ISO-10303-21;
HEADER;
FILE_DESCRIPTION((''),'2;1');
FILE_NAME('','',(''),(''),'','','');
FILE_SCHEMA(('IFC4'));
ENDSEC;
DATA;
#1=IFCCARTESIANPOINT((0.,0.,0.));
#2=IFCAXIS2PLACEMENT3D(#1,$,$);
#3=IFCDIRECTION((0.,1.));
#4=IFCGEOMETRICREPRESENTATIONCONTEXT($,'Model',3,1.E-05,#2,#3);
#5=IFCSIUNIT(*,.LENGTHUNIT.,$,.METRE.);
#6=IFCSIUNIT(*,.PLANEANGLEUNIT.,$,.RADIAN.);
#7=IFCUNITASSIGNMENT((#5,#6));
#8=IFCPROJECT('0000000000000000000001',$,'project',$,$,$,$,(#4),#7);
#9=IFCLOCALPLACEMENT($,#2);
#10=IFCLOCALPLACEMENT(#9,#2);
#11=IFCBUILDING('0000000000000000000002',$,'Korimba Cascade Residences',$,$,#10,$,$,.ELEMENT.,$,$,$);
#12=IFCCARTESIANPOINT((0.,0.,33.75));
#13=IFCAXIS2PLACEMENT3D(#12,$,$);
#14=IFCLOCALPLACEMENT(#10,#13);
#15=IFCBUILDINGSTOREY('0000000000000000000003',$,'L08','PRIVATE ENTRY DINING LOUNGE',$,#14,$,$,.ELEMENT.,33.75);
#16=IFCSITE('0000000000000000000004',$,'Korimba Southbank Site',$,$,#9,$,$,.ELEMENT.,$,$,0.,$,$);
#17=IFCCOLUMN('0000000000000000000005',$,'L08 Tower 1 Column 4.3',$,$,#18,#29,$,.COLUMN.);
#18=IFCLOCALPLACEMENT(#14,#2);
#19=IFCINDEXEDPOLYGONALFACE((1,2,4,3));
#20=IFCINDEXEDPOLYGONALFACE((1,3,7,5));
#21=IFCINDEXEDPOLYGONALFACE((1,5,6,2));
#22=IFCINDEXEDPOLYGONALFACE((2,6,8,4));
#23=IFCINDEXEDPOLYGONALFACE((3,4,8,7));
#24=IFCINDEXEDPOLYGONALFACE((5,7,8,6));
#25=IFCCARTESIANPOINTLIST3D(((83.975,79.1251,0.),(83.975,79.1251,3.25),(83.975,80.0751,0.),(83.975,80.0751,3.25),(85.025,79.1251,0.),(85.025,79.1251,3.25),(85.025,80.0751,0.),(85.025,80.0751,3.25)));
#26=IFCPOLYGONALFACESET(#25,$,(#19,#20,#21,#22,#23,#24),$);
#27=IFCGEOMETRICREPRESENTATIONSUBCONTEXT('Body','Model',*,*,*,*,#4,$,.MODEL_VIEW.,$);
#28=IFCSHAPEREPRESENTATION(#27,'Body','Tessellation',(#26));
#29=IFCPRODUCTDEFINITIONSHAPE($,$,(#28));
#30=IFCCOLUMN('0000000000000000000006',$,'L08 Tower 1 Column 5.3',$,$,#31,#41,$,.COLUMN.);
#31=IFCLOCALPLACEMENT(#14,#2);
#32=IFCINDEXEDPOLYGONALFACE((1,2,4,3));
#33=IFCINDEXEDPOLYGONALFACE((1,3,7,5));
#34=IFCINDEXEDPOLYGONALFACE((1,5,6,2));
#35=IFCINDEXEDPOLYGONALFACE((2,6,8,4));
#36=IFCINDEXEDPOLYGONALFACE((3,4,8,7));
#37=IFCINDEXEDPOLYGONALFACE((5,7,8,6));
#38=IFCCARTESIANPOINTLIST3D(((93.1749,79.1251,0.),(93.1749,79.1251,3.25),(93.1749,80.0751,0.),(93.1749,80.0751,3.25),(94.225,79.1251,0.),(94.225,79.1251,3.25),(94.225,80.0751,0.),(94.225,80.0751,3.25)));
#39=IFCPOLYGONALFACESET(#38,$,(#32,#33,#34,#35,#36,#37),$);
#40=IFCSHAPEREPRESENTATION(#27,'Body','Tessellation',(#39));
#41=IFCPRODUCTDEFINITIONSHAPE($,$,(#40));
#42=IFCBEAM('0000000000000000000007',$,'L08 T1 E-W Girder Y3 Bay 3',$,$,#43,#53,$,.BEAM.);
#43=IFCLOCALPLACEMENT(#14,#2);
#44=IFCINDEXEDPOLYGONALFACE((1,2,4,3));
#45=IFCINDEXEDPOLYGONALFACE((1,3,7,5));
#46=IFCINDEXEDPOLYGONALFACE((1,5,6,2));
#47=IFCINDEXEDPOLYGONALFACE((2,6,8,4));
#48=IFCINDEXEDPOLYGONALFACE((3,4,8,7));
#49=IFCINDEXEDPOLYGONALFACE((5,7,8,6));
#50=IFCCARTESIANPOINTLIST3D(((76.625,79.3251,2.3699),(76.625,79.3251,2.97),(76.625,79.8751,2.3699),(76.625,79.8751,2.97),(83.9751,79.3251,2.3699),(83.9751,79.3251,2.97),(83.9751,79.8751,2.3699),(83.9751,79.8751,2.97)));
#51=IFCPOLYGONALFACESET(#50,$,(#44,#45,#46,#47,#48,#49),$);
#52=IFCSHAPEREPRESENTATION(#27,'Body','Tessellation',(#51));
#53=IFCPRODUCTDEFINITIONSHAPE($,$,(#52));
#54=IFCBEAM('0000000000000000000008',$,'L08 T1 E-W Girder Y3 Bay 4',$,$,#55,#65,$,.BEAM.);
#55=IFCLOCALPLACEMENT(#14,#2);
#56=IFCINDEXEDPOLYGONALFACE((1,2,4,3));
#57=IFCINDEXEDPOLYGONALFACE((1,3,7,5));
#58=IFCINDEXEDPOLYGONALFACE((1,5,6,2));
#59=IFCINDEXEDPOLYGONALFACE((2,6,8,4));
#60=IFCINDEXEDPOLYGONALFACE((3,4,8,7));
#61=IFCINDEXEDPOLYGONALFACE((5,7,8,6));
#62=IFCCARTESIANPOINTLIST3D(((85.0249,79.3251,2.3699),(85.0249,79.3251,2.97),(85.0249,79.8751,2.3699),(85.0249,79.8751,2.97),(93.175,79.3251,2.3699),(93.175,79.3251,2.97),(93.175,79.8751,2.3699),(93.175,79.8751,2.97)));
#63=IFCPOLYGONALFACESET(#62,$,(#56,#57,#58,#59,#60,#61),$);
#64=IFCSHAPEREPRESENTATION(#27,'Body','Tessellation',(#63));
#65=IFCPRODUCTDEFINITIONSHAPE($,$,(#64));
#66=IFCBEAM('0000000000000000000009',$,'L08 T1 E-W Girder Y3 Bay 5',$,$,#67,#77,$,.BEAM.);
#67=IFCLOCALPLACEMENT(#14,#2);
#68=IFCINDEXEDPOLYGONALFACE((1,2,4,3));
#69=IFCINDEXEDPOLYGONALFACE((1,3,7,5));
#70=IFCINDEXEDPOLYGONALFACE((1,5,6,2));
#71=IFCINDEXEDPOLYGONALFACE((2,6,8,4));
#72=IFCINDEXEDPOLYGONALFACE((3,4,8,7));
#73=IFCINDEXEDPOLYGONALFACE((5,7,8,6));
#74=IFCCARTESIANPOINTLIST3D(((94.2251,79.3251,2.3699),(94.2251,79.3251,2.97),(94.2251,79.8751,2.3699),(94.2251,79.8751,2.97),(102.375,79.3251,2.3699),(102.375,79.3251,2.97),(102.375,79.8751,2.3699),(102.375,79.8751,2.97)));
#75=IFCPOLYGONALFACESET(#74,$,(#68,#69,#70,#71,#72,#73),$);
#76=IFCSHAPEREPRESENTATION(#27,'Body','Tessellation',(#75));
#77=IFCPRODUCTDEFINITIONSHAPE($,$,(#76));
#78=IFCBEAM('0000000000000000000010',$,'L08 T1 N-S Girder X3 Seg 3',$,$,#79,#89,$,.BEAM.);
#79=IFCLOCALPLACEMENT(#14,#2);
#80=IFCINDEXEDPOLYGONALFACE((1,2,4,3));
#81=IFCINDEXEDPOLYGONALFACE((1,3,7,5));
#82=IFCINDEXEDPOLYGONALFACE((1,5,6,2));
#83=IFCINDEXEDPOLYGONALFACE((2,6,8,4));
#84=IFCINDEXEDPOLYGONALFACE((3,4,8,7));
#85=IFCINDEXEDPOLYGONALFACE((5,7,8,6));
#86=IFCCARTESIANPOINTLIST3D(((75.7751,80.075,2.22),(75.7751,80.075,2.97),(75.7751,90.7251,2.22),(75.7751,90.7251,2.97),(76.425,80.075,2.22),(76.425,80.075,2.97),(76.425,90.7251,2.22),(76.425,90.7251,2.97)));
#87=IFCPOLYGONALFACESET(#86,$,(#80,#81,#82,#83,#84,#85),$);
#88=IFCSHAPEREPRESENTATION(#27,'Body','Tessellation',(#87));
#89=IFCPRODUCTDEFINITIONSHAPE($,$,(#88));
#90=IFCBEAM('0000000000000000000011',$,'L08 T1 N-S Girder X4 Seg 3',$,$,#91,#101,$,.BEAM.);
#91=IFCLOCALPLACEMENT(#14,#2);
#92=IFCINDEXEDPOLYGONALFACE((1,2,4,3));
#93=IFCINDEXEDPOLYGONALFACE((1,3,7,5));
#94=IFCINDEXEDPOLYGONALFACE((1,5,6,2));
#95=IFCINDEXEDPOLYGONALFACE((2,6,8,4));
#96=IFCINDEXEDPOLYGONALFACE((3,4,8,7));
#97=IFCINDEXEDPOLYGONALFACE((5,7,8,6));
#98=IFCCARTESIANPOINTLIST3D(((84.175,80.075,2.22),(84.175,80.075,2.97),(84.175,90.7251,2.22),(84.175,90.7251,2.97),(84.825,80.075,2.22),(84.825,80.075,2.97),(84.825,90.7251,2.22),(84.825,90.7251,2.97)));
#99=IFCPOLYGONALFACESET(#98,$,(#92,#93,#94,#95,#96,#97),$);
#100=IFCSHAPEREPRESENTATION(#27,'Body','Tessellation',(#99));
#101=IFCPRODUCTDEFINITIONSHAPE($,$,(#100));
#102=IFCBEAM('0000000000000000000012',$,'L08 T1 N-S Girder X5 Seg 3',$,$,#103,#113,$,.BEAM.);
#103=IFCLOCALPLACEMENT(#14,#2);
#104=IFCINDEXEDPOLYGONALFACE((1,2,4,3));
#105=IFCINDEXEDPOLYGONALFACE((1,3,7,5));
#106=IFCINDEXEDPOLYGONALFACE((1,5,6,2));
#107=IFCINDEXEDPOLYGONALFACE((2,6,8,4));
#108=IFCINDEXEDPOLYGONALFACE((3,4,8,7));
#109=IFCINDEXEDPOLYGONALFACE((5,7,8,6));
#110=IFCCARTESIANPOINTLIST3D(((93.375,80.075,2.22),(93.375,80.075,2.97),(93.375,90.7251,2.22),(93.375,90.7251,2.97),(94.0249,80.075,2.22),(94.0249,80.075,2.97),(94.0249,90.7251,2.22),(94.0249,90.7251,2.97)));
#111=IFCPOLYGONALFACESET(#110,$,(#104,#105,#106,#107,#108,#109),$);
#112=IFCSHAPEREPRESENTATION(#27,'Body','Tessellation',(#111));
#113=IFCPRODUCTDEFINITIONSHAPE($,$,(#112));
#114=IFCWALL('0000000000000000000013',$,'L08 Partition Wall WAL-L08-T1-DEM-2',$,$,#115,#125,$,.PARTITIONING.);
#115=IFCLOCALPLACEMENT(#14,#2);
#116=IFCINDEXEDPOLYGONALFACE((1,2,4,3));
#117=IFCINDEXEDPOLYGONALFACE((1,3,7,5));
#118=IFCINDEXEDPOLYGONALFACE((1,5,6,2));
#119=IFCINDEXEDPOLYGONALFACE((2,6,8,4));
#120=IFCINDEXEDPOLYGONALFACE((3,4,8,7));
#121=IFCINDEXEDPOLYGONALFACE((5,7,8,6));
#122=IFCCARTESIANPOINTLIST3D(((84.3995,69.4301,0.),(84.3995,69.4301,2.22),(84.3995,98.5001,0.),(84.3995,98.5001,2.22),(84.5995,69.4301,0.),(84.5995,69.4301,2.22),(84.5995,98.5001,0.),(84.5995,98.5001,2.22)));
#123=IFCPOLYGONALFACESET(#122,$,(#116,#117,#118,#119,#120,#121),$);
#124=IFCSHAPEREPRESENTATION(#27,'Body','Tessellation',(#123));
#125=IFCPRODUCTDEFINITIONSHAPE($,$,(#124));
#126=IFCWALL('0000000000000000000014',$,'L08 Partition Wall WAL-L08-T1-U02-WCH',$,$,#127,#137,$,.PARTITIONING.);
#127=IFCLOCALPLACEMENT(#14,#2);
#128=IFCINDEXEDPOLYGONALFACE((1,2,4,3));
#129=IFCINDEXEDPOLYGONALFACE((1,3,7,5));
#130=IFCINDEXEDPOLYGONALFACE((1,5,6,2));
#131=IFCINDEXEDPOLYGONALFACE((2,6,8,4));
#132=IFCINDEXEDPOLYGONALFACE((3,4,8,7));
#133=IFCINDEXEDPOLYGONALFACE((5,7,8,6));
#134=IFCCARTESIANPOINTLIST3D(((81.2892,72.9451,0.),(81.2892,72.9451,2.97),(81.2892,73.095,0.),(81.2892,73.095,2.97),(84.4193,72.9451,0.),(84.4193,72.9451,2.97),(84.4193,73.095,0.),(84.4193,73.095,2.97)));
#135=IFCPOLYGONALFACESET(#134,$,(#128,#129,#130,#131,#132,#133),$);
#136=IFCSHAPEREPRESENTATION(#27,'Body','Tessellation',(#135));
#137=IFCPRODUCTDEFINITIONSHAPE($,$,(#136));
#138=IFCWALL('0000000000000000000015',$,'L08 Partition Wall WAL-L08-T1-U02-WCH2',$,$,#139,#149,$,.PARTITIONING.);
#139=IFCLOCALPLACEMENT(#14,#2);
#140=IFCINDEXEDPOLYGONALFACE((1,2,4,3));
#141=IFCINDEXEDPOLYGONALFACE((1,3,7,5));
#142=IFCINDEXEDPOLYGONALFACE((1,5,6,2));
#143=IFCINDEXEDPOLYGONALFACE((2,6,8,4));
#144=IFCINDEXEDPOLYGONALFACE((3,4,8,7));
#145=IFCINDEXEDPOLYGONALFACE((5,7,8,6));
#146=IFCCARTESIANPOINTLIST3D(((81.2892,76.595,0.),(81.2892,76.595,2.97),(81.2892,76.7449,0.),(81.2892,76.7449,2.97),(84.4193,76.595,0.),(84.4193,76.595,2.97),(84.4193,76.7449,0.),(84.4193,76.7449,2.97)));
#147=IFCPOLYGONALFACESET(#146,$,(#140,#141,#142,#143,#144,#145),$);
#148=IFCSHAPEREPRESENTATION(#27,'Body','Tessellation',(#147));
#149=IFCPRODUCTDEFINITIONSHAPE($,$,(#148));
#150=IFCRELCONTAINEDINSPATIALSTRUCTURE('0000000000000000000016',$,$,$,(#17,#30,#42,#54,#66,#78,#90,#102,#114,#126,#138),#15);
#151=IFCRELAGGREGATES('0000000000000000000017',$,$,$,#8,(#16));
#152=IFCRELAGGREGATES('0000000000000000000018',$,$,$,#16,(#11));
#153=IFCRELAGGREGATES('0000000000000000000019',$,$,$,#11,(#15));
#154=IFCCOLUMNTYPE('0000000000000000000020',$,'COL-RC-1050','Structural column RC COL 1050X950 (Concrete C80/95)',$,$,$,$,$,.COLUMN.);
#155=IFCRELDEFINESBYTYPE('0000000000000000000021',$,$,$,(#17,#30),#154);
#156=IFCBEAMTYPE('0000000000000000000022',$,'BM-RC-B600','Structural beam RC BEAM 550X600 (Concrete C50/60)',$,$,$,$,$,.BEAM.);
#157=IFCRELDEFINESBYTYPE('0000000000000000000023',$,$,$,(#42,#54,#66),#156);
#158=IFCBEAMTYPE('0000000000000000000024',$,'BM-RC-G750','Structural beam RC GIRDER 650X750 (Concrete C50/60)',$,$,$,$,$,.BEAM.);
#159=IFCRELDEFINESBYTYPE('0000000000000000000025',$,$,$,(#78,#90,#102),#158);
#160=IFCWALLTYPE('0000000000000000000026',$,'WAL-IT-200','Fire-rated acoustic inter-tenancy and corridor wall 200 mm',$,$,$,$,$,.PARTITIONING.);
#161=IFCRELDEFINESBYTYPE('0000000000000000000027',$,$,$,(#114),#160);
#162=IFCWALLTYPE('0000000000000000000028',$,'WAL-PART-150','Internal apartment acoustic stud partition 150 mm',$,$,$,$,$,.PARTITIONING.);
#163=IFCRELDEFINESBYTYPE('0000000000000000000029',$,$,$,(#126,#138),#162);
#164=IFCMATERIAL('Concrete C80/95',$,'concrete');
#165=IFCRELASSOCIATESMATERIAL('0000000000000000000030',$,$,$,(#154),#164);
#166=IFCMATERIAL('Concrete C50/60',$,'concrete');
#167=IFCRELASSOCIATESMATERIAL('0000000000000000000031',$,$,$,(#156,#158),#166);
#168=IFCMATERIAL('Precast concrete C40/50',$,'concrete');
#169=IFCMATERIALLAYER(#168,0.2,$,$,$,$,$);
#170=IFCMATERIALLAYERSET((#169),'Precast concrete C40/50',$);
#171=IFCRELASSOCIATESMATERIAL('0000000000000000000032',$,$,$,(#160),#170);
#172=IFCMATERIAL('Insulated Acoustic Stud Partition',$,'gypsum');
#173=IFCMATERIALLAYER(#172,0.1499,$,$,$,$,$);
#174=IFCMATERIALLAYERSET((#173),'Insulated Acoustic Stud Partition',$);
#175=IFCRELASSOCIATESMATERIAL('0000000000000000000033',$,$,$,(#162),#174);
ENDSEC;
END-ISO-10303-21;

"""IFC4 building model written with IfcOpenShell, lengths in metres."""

from ifc_helpers import new_model, si_unit, direction, frame, frame_2d, origin, origin_2d, place, context, subcontext, project, spatial, rectangle, extrude, material, layer, layer_set, material_profile, profile_set, type_object, element, save


model = new_model("IFC4")

# Units and contexts
model_context = context("Model", 3, precision=1e-05, world=origin(), true_north=direction((0.0, 1.0)))
body_context = subcontext(model_context, "Body", "Model", "MODEL_VIEW")
ifc_project = project(units=[si_unit("LENGTHUNIT", "METRE"), si_unit("PLANEANGLEUNIT", "RADIAN")], contexts=[model_context])

# Site, building, storey
site_placement = place(None, origin())
site = spatial("IfcSite", under=ifc_project, at=site_placement, Name="Korimba Southbank Site", CompositionType="ELEMENT", RefElevation=0.0)
building_placement = place(site_placement, origin())
building = spatial("IfcBuilding", under=site, at=building_placement, Name="Korimba Cascade Residences", CompositionType="ELEMENT")
storey_placement = place(building_placement, frame((0.0, 0.0, 33.75)))
storey = spatial("IfcBuildingStorey", under=building, at=storey_placement, Name="L08", Description="PRIVATE ENTRY DINING LOUNGE", CompositionType="ELEMENT", Elevation=33.75)

# Columns
ifc_material_1 = material(Name="Concrete C80/95", Category="concrete")
ifc_material_profile_1 = material_profile(ifc_material_1, rectangle(XDim=1.05, YDim=0.95, at=origin_2d()), Name="Concrete C80/95")
ifc_profile_set_1 = profile_set([ifc_material_profile_1], Name="Concrete C80/95")
column_type = type_object("IfcColumnType", Name="COL-RC-1050", Description="Structural column RC COL 1050X950 (Concrete C80/95)", PredefinedType="COLUMN", material=ifc_profile_set_1)
for number, where, z_axis, x_axis, name in (
    (1, (84.5, 79.6001, 0.0), (0.0, 0.0, 1.0), (1.0, 0.0, 0.0), "L08 Tower 1 Column 4.3"),
    (2, (93.7, 79.6001, 0.0), (0.0, 0.0, 1.0), (1.0, 0.0, 0.0), "L08 Tower 1 Column 5.3"),
):
    element("IfcColumn", number, at=place(storey_placement, frame(where, z_axis=z_axis, x_axis=x_axis)), inside=storey, type_object=column_type, Name=name, PredefinedType="COLUMN", context=body_context, shape_type="SweptSolid", body=[
        extrude(rectangle(XDim=1.05, YDim=0.95, at=origin_2d()), origin(), (0.0, 0.0, 1.0), 3.25),
    ])

# Beams
ifc_material_2 = material(Name="Concrete C50/60", Category="concrete")
ifc_material_profile_2 = material_profile(ifc_material_2, rectangle(XDim=0.55, YDim=0.6001, at=origin_2d()), Name="Concrete C50/60")
ifc_profile_set_2 = profile_set([ifc_material_profile_2], Name="Concrete C50/60")
beam_type_1 = type_object("IfcBeamType", Name="BM-RC-B600", Description="Structural beam RC BEAM 550X600 (Concrete C50/60)", PredefinedType="BEAM", material=ifc_profile_set_2)
beam_1_placement = place(storey_placement, frame((76.625, 79.6001, 2.6699), z_axis=(1.0, 0.0, 0.0), x_axis=(0.0, 1.0, 0.0)))
element("IfcBeam", 3, at=beam_1_placement, inside=storey, type_object=beam_type_1, Name="L08 T1 E-W Girder Y3 Bay 3", PredefinedType="BEAM", context=body_context, shape_type="SweptSolid", body=[
    extrude(rectangle(XDim=0.55, YDim=0.6001, at=origin_2d()), origin(), (0.0, 0.0, 1.0), 7.3501),
])
beam_2_placement = place(storey_placement, frame((85.0249, 79.6001, 2.6699), z_axis=(1.0, 0.0, 0.0), x_axis=(0.0, 1.0, 0.0)))
element("IfcBeam", 4, at=beam_2_placement, inside=storey, type_object=beam_type_1, Name="L08 T1 E-W Girder Y3 Bay 4", PredefinedType="BEAM", context=body_context, shape_type="SweptSolid", body=[
    extrude(rectangle(XDim=0.55, YDim=0.6001, at=origin_2d()), origin(), (0.0, 0.0, 1.0), 8.1501),
])
beam_3_placement = place(storey_placement, frame((94.2251, 79.6001, 2.6699), z_axis=(1.0, 0.0, 0.0), x_axis=(0.0, 1.0, 0.0)))
element("IfcBeam", 5, at=beam_3_placement, inside=storey, type_object=beam_type_1, Name="L08 T1 E-W Girder Y3 Bay 5", PredefinedType="BEAM", context=body_context, shape_type="SweptSolid", body=[
    extrude(rectangle(XDim=0.55, YDim=0.6001, at=origin_2d()), origin(), (0.0, 0.0, 1.0), 8.1499),
])
ifc_material_profile_3 = material_profile(ifc_material_2, rectangle(XDim=0.6499, YDim=0.75, at=origin_2d()), Name="Concrete C50/60")
ifc_profile_set_3 = profile_set([ifc_material_profile_3], Name="Concrete C50/60")
beam_type_2 = type_object("IfcBeamType", Name="BM-RC-G750", Description="Structural beam RC GIRDER 650X750 (Concrete C50/60)", PredefinedType="BEAM", material=ifc_profile_set_3)
for number, where, z_axis, x_axis, name in (
    (6, (76.1001, 80.075, 2.595), (0.0, 1.0, 0.0), (-1.0, 0.0, 0.0), "L08 T1 N-S Girder X3 Seg 3"),
    (7, (84.5, 80.075, 2.595), (0.0, 1.0, 0.0), (-1.0, 0.0, 0.0), "L08 T1 N-S Girder X4 Seg 3"),
    (8, (93.7, 80.075, 2.595), (0.0, 1.0, 0.0), (-1.0, 0.0, 0.0), "L08 T1 N-S Girder X5 Seg 3"),
):
    element("IfcBeam", number, at=place(storey_placement, frame(where, z_axis=z_axis, x_axis=x_axis)), inside=storey, type_object=beam_type_2, Name=name, PredefinedType="BEAM", context=body_context, shape_type="SweptSolid", body=[
        extrude(rectangle(XDim=0.6499, YDim=0.75, at=origin_2d()), origin(), (0.0, 0.0, 1.0), 10.6501),
    ])

# Walls
ifc_material_3 = material(Name="Precast concrete C40/50", Category="concrete")
ifc_layer_1 = layer(ifc_material_3, 0.2)
ifc_layer_set_1 = layer_set([ifc_layer_1], Name="Precast concrete C40/50")
wall_type_1 = type_object("IfcWallType", Name="WAL-IT-200", Description="Fire-rated acoustic inter-tenancy and corridor wall 200 mm", PredefinedType="PARTITIONING", material=ifc_layer_set_1)
wall_1_placement = place(storey_placement, frame((84.4995, 69.4299, 0.0), z_axis=(0.0, 0.0, 1.0), x_axis=(0.0, 1.0, 0.0)))
element("IfcWall", 9, at=wall_1_placement, inside=storey, type_object=wall_type_1, Name="L08 Partition Wall WAL-L08-T1-DEM-2", PredefinedType="PARTITIONING", context=body_context, shape_type="SweptSolid", body=[
    extrude(rectangle(XDim=29.0701, YDim=0.2, at=frame_2d((14.5352, 0.0))), origin(), (0.0, 0.0, 1.0), 2.22),
])
ifc_material_4 = material(Name="Insulated Acoustic Stud Partition", Category="gypsum")
ifc_layer_2 = layer(ifc_material_4, 0.1499)
ifc_layer_set_2 = layer_set([ifc_layer_2], Name="Insulated Acoustic Stud Partition")
wall_type_2 = type_object("IfcWallType", Name="WAL-PART-150", Description="Internal apartment acoustic stud partition 150 mm", PredefinedType="PARTITIONING", material=ifc_layer_set_2)
for number, where, z_axis, x_axis, name in (
    (10, (81.2893, 73.02, 0.0), (0.0, 0.0, 1.0), (1.0, 0.0, 0.0), "L08 Partition Wall WAL-L08-T1-U02-WCH"),
    (11, (81.2893, 76.6699, 0.0), (0.0, 0.0, 1.0), (1.0, 0.0, 0.0), "L08 Partition Wall WAL-L08-T1-U02-WCH2"),
):
    element("IfcWall", number, at=place(storey_placement, frame(where, z_axis=z_axis, x_axis=x_axis)), inside=storey, type_object=wall_type_2, Name=name, PredefinedType="PARTITIONING", context=body_context, shape_type="SweptSolid", body=[
        extrude(rectangle(XDim=3.1301, YDim=0.1499, at=frame_2d((1.5649, 0.0))), origin(), (0.0, 0.0, 1.0), 2.97),
    ])

save(model, "model.ifc")
